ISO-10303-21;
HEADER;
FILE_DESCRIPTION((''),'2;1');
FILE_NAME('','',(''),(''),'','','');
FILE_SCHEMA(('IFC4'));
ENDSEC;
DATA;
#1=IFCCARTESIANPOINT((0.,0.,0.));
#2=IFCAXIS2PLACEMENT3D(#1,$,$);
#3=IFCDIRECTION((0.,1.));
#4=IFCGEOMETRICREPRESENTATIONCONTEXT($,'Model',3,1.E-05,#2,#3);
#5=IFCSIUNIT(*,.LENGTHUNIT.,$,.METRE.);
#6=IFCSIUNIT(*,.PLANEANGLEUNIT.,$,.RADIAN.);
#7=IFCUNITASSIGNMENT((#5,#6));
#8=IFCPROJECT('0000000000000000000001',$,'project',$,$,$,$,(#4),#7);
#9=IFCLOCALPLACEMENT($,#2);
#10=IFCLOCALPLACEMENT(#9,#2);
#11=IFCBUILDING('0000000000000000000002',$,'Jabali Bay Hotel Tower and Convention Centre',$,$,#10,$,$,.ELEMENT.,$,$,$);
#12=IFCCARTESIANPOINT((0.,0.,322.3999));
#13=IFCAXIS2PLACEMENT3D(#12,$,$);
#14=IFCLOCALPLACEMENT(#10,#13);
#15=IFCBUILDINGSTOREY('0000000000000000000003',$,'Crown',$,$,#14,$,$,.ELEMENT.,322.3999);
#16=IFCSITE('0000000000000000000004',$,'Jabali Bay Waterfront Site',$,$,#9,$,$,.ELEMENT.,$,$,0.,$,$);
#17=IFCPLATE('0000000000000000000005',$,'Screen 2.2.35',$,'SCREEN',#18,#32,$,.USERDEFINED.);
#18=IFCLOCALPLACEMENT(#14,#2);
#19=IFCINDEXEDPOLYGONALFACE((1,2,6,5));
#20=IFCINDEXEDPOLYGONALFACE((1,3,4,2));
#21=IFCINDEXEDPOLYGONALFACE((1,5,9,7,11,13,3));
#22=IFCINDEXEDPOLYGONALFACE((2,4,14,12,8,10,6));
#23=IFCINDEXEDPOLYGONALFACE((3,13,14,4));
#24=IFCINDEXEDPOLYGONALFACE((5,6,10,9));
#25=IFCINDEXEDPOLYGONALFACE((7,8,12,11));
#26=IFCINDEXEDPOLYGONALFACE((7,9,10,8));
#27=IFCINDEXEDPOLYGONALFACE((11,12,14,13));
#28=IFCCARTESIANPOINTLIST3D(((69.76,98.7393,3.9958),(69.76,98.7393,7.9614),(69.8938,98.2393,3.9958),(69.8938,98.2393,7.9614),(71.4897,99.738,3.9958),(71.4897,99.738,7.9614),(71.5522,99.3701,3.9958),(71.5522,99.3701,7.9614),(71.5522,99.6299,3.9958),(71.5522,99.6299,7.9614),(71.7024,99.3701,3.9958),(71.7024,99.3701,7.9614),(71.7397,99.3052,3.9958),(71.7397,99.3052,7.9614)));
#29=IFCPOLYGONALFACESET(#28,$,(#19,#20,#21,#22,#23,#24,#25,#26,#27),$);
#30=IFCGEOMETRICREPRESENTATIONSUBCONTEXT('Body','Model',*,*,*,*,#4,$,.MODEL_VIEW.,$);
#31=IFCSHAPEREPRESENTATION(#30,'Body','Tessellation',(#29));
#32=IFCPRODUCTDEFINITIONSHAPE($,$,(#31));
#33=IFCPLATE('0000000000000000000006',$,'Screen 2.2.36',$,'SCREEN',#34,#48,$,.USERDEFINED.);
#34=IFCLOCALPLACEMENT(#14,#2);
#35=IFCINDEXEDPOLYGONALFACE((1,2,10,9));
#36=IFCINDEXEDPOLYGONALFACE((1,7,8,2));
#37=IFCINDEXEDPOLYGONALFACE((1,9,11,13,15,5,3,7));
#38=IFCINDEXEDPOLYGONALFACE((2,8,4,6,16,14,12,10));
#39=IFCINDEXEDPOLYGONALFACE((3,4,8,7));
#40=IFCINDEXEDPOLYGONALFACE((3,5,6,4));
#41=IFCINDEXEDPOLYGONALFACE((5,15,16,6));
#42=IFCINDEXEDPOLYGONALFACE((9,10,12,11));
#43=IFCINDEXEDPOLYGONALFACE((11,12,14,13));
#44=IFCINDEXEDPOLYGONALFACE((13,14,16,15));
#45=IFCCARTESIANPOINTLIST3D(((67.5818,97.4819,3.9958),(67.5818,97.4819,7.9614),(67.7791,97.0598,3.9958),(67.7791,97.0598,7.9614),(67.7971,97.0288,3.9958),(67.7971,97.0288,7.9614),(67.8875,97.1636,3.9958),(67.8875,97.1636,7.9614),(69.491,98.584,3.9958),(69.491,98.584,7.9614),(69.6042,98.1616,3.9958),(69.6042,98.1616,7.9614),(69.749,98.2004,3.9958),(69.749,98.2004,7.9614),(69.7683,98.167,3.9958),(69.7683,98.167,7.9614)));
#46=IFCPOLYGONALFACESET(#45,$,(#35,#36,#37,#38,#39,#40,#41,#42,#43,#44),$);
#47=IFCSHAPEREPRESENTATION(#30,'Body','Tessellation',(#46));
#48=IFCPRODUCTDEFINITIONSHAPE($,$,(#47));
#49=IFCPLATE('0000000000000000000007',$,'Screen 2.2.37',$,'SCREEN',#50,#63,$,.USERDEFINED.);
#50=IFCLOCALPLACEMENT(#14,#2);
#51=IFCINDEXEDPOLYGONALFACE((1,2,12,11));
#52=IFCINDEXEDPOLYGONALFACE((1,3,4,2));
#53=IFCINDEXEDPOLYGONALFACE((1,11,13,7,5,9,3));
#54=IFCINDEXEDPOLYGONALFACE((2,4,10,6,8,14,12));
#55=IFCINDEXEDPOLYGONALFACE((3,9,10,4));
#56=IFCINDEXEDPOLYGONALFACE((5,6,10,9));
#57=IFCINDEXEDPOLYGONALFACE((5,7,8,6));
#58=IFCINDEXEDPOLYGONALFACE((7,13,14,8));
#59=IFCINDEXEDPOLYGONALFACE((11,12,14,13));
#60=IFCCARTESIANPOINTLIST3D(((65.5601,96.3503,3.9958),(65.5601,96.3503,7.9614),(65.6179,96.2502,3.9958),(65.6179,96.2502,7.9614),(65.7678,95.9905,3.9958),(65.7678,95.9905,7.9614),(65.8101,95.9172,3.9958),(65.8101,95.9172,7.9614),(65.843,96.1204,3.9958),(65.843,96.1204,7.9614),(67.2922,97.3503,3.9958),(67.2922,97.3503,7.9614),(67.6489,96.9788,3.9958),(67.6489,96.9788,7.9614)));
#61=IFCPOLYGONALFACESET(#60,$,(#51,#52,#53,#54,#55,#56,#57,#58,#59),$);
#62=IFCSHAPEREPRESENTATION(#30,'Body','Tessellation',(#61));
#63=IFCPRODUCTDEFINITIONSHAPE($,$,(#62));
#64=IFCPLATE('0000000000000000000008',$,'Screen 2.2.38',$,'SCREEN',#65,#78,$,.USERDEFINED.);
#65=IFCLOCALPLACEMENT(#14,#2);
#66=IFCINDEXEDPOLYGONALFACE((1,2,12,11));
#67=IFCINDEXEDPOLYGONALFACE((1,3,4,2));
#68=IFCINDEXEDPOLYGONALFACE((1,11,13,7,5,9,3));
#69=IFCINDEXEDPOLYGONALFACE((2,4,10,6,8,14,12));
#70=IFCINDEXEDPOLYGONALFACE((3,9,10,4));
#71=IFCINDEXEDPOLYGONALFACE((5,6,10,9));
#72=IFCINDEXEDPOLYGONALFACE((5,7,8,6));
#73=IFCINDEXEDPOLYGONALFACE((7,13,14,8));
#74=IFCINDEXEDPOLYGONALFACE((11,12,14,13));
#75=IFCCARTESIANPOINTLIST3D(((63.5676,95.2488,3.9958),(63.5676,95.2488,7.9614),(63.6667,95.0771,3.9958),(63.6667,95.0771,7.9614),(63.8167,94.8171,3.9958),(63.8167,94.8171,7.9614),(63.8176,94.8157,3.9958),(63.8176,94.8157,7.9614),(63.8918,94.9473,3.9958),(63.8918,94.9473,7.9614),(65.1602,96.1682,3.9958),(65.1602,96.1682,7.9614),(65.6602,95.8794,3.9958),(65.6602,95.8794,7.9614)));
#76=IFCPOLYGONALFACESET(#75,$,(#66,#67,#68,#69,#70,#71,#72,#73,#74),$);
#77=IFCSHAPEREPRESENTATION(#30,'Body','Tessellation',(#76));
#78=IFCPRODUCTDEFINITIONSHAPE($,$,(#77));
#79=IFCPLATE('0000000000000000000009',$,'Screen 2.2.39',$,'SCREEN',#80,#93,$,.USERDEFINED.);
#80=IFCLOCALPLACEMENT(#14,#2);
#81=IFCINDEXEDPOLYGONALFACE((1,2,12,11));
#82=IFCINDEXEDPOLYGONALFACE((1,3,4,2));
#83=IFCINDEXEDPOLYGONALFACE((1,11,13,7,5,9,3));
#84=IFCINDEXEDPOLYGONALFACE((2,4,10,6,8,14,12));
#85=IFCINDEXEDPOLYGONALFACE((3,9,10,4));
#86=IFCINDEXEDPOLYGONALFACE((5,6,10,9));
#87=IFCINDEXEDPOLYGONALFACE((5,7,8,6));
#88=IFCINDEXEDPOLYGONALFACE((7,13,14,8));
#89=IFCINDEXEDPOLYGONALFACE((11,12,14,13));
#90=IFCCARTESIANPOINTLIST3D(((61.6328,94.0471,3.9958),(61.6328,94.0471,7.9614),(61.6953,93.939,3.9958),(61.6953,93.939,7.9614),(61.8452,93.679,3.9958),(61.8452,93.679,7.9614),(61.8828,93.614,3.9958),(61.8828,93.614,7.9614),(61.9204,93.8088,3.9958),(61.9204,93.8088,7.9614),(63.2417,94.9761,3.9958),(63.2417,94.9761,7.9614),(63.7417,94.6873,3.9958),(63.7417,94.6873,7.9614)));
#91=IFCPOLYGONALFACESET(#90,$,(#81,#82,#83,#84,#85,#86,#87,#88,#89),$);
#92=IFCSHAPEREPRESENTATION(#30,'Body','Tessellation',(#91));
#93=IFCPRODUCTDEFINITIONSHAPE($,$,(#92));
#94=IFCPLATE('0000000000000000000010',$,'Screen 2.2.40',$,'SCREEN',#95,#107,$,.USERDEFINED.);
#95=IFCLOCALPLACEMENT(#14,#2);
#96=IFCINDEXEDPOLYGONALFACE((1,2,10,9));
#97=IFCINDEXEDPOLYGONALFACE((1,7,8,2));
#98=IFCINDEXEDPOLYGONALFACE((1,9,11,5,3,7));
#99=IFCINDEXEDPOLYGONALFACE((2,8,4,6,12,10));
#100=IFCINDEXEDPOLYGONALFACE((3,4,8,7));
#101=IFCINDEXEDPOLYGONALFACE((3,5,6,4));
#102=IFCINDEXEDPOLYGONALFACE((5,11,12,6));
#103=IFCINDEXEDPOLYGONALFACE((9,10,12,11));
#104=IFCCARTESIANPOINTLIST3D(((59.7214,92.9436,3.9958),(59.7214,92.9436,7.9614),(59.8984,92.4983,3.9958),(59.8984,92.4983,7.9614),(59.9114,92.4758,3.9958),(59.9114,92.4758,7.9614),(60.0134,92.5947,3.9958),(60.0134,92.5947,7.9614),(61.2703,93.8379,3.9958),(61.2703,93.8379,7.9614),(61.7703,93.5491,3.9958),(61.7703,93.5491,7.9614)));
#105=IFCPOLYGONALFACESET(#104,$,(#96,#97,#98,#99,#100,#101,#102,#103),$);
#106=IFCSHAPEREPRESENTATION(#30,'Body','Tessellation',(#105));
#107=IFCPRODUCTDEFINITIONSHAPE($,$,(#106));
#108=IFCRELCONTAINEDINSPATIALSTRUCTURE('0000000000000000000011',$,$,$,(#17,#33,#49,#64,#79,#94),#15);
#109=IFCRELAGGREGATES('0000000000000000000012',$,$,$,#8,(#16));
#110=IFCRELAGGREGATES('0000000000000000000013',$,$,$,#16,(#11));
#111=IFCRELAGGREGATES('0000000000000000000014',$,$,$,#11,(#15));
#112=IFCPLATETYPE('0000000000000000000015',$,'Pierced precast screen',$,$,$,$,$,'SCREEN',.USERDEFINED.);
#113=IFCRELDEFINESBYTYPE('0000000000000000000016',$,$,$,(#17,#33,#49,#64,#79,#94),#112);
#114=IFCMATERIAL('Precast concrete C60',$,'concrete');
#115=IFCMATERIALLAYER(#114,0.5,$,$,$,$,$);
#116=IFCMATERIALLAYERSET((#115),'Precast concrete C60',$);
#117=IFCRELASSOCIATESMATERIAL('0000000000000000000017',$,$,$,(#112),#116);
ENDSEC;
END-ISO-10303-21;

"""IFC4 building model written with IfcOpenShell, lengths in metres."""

from ifc_helpers import new_model, si_unit, direction, frame, origin, place, context, subcontext, project, spatial, polyline, outline, extrude, material, layer, layer_set, type_object, element, save


model = new_model("IFC4")

# Units and contexts
model_context = context("Model", 3, precision=1e-05, world=origin(), true_north=direction((0.0, 1.0)))
body_context = subcontext(model_context, "Body", "Model", "MODEL_VIEW")
ifc_project = project(units=[si_unit("LENGTHUNIT", "METRE"), si_unit("PLANEANGLEUNIT", "RADIAN")], contexts=[model_context])

# Site, building, storey
site_placement = place(None, origin())
site = spatial("IfcSite", under=ifc_project, at=site_placement, Name="Jabali Bay Waterfront Site", CompositionType="ELEMENT", RefElevation=0.0)
building_placement = place(site_placement, origin())
building = spatial("IfcBuilding", under=site, at=building_placement, Name="Jabali Bay Hotel Tower and Convention Centre", CompositionType="ELEMENT")
storey_placement = place(building_placement, frame((0.0, 0.0, 322.3999)))
storey = spatial("IfcBuildingStorey", under=building, at=storey_placement, Name="Crown", CompositionType="ELEMENT", Elevation=322.3999)

# Plates
ifc_material = material(Name="Precast concrete C60", Category="concrete")
ifc_layer = layer(ifc_material, 0.5)
ifc_layer_set = layer_set([ifc_layer], Name="Precast concrete C60")
plate_type = type_object("IfcPlateType", Name="Pierced precast screen", ElementType="SCREEN", PredefinedType="USERDEFINED", material=ifc_layer_set)
plate_1_placement = place(storey_placement, frame((0.0, 0.0, 3.9958)))
element("IfcPlate", 1, at=plate_1_placement, inside=storey, type_object=plate_type, Name="Screen 2.2.35", ObjectType="SCREEN", PredefinedType="USERDEFINED", context=body_context, shape_type="SweptSolid", body=[
    extrude(outline(polyline([(69.8938, 98.2393), (71.7397, 99.3052), (71.7024, 99.3701), (71.5522, 99.3701), (71.5522, 99.6299), (71.4897, 99.738), (69.76, 98.7393), (69.8938, 98.2393)])), origin(), (0.0, 0.0, 1.0), 3.9656),
])
plate_2_placement = place(storey_placement, frame((0.0, 0.0, 3.9958)))
element("IfcPlate", 2, at=plate_2_placement, inside=storey, type_object=plate_type, Name="Screen 2.2.36", ObjectType="SCREEN", PredefinedType="USERDEFINED", context=body_context, shape_type="SweptSolid", body=[
    extrude(outline(polyline([(67.7971, 97.0288), (69.7683, 98.167), (69.749, 98.2004), (69.6042, 98.1616), (69.491, 98.584), (67.5818, 97.4819), (67.8875, 97.1636), (67.7791, 97.0598), (67.7971, 97.0288)])), origin(), (0.0, 0.0, 1.0), 3.9656),
])
plate_3_placement = place(storey_placement, frame((0.0, 0.0, 3.9958)))
element("IfcPlate", 3, at=plate_3_placement, inside=storey, type_object=plate_type, Name="Screen 2.2.37", ObjectType="SCREEN", PredefinedType="USERDEFINED", context=body_context, shape_type="SweptSolid", body=[
    extrude(outline(polyline([(65.8101, 95.9172), (67.6489, 96.9788), (67.2922, 97.3503), (65.5601, 96.3503), (65.6179, 96.2502), (65.843, 96.1204), (65.7678, 95.9905), (65.8101, 95.9172)])), origin(), (0.0, 0.0, 1.0), 3.9656),
])
plate_4_placement = place(storey_placement, frame((0.0, 0.0, 3.9958)))
element("IfcPlate", 4, at=plate_4_placement, inside=storey, type_object=plate_type, Name="Screen 2.2.38", ObjectType="SCREEN", PredefinedType="USERDEFINED", context=body_context, shape_type="SweptSolid", body=[
    extrude(outline(polyline([(63.8176, 94.8157), (65.6602, 95.8794), (65.1602, 96.1682), (63.5676, 95.2488), (63.6667, 95.0771), (63.8918, 94.9473), (63.8167, 94.8171), (63.8176, 94.8157)])), origin(), (0.0, 0.0, 1.0), 3.9656),
])
plate_5_placement = place(storey_placement, frame((0.0, 0.0, 3.9958)))
element("IfcPlate", 5, at=plate_5_placement, inside=storey, type_object=plate_type, Name="Screen 2.2.39", ObjectType="SCREEN", PredefinedType="USERDEFINED", context=body_context, shape_type="SweptSolid", body=[
    extrude(outline(polyline([(61.8828, 93.614), (63.7417, 94.6873), (63.2417, 94.9761), (61.6328, 94.0471), (61.6953, 93.939), (61.9204, 93.8088), (61.8452, 93.679), (61.8828, 93.614)])), origin(), (0.0, 0.0, 1.0), 3.9656),
])
plate_6_placement = place(storey_placement, frame((0.0, 0.0, 3.9958)))
element("IfcPlate", 6, at=plate_6_placement, inside=storey, type_object=plate_type, Name="Screen 2.2.40", ObjectType="SCREEN", PredefinedType="USERDEFINED", context=body_context, shape_type="SweptSolid", body=[
    extrude(outline(polyline([(59.9114, 92.4758), (61.7703, 93.5491), (61.2703, 93.8379), (59.7214, 92.9436), (60.0134, 92.5947), (59.8984, 92.4983), (59.9114, 92.4758)])), origin(), (0.0, 0.0, 1.0), 3.9656),
])

save(model, "model.ifc")
